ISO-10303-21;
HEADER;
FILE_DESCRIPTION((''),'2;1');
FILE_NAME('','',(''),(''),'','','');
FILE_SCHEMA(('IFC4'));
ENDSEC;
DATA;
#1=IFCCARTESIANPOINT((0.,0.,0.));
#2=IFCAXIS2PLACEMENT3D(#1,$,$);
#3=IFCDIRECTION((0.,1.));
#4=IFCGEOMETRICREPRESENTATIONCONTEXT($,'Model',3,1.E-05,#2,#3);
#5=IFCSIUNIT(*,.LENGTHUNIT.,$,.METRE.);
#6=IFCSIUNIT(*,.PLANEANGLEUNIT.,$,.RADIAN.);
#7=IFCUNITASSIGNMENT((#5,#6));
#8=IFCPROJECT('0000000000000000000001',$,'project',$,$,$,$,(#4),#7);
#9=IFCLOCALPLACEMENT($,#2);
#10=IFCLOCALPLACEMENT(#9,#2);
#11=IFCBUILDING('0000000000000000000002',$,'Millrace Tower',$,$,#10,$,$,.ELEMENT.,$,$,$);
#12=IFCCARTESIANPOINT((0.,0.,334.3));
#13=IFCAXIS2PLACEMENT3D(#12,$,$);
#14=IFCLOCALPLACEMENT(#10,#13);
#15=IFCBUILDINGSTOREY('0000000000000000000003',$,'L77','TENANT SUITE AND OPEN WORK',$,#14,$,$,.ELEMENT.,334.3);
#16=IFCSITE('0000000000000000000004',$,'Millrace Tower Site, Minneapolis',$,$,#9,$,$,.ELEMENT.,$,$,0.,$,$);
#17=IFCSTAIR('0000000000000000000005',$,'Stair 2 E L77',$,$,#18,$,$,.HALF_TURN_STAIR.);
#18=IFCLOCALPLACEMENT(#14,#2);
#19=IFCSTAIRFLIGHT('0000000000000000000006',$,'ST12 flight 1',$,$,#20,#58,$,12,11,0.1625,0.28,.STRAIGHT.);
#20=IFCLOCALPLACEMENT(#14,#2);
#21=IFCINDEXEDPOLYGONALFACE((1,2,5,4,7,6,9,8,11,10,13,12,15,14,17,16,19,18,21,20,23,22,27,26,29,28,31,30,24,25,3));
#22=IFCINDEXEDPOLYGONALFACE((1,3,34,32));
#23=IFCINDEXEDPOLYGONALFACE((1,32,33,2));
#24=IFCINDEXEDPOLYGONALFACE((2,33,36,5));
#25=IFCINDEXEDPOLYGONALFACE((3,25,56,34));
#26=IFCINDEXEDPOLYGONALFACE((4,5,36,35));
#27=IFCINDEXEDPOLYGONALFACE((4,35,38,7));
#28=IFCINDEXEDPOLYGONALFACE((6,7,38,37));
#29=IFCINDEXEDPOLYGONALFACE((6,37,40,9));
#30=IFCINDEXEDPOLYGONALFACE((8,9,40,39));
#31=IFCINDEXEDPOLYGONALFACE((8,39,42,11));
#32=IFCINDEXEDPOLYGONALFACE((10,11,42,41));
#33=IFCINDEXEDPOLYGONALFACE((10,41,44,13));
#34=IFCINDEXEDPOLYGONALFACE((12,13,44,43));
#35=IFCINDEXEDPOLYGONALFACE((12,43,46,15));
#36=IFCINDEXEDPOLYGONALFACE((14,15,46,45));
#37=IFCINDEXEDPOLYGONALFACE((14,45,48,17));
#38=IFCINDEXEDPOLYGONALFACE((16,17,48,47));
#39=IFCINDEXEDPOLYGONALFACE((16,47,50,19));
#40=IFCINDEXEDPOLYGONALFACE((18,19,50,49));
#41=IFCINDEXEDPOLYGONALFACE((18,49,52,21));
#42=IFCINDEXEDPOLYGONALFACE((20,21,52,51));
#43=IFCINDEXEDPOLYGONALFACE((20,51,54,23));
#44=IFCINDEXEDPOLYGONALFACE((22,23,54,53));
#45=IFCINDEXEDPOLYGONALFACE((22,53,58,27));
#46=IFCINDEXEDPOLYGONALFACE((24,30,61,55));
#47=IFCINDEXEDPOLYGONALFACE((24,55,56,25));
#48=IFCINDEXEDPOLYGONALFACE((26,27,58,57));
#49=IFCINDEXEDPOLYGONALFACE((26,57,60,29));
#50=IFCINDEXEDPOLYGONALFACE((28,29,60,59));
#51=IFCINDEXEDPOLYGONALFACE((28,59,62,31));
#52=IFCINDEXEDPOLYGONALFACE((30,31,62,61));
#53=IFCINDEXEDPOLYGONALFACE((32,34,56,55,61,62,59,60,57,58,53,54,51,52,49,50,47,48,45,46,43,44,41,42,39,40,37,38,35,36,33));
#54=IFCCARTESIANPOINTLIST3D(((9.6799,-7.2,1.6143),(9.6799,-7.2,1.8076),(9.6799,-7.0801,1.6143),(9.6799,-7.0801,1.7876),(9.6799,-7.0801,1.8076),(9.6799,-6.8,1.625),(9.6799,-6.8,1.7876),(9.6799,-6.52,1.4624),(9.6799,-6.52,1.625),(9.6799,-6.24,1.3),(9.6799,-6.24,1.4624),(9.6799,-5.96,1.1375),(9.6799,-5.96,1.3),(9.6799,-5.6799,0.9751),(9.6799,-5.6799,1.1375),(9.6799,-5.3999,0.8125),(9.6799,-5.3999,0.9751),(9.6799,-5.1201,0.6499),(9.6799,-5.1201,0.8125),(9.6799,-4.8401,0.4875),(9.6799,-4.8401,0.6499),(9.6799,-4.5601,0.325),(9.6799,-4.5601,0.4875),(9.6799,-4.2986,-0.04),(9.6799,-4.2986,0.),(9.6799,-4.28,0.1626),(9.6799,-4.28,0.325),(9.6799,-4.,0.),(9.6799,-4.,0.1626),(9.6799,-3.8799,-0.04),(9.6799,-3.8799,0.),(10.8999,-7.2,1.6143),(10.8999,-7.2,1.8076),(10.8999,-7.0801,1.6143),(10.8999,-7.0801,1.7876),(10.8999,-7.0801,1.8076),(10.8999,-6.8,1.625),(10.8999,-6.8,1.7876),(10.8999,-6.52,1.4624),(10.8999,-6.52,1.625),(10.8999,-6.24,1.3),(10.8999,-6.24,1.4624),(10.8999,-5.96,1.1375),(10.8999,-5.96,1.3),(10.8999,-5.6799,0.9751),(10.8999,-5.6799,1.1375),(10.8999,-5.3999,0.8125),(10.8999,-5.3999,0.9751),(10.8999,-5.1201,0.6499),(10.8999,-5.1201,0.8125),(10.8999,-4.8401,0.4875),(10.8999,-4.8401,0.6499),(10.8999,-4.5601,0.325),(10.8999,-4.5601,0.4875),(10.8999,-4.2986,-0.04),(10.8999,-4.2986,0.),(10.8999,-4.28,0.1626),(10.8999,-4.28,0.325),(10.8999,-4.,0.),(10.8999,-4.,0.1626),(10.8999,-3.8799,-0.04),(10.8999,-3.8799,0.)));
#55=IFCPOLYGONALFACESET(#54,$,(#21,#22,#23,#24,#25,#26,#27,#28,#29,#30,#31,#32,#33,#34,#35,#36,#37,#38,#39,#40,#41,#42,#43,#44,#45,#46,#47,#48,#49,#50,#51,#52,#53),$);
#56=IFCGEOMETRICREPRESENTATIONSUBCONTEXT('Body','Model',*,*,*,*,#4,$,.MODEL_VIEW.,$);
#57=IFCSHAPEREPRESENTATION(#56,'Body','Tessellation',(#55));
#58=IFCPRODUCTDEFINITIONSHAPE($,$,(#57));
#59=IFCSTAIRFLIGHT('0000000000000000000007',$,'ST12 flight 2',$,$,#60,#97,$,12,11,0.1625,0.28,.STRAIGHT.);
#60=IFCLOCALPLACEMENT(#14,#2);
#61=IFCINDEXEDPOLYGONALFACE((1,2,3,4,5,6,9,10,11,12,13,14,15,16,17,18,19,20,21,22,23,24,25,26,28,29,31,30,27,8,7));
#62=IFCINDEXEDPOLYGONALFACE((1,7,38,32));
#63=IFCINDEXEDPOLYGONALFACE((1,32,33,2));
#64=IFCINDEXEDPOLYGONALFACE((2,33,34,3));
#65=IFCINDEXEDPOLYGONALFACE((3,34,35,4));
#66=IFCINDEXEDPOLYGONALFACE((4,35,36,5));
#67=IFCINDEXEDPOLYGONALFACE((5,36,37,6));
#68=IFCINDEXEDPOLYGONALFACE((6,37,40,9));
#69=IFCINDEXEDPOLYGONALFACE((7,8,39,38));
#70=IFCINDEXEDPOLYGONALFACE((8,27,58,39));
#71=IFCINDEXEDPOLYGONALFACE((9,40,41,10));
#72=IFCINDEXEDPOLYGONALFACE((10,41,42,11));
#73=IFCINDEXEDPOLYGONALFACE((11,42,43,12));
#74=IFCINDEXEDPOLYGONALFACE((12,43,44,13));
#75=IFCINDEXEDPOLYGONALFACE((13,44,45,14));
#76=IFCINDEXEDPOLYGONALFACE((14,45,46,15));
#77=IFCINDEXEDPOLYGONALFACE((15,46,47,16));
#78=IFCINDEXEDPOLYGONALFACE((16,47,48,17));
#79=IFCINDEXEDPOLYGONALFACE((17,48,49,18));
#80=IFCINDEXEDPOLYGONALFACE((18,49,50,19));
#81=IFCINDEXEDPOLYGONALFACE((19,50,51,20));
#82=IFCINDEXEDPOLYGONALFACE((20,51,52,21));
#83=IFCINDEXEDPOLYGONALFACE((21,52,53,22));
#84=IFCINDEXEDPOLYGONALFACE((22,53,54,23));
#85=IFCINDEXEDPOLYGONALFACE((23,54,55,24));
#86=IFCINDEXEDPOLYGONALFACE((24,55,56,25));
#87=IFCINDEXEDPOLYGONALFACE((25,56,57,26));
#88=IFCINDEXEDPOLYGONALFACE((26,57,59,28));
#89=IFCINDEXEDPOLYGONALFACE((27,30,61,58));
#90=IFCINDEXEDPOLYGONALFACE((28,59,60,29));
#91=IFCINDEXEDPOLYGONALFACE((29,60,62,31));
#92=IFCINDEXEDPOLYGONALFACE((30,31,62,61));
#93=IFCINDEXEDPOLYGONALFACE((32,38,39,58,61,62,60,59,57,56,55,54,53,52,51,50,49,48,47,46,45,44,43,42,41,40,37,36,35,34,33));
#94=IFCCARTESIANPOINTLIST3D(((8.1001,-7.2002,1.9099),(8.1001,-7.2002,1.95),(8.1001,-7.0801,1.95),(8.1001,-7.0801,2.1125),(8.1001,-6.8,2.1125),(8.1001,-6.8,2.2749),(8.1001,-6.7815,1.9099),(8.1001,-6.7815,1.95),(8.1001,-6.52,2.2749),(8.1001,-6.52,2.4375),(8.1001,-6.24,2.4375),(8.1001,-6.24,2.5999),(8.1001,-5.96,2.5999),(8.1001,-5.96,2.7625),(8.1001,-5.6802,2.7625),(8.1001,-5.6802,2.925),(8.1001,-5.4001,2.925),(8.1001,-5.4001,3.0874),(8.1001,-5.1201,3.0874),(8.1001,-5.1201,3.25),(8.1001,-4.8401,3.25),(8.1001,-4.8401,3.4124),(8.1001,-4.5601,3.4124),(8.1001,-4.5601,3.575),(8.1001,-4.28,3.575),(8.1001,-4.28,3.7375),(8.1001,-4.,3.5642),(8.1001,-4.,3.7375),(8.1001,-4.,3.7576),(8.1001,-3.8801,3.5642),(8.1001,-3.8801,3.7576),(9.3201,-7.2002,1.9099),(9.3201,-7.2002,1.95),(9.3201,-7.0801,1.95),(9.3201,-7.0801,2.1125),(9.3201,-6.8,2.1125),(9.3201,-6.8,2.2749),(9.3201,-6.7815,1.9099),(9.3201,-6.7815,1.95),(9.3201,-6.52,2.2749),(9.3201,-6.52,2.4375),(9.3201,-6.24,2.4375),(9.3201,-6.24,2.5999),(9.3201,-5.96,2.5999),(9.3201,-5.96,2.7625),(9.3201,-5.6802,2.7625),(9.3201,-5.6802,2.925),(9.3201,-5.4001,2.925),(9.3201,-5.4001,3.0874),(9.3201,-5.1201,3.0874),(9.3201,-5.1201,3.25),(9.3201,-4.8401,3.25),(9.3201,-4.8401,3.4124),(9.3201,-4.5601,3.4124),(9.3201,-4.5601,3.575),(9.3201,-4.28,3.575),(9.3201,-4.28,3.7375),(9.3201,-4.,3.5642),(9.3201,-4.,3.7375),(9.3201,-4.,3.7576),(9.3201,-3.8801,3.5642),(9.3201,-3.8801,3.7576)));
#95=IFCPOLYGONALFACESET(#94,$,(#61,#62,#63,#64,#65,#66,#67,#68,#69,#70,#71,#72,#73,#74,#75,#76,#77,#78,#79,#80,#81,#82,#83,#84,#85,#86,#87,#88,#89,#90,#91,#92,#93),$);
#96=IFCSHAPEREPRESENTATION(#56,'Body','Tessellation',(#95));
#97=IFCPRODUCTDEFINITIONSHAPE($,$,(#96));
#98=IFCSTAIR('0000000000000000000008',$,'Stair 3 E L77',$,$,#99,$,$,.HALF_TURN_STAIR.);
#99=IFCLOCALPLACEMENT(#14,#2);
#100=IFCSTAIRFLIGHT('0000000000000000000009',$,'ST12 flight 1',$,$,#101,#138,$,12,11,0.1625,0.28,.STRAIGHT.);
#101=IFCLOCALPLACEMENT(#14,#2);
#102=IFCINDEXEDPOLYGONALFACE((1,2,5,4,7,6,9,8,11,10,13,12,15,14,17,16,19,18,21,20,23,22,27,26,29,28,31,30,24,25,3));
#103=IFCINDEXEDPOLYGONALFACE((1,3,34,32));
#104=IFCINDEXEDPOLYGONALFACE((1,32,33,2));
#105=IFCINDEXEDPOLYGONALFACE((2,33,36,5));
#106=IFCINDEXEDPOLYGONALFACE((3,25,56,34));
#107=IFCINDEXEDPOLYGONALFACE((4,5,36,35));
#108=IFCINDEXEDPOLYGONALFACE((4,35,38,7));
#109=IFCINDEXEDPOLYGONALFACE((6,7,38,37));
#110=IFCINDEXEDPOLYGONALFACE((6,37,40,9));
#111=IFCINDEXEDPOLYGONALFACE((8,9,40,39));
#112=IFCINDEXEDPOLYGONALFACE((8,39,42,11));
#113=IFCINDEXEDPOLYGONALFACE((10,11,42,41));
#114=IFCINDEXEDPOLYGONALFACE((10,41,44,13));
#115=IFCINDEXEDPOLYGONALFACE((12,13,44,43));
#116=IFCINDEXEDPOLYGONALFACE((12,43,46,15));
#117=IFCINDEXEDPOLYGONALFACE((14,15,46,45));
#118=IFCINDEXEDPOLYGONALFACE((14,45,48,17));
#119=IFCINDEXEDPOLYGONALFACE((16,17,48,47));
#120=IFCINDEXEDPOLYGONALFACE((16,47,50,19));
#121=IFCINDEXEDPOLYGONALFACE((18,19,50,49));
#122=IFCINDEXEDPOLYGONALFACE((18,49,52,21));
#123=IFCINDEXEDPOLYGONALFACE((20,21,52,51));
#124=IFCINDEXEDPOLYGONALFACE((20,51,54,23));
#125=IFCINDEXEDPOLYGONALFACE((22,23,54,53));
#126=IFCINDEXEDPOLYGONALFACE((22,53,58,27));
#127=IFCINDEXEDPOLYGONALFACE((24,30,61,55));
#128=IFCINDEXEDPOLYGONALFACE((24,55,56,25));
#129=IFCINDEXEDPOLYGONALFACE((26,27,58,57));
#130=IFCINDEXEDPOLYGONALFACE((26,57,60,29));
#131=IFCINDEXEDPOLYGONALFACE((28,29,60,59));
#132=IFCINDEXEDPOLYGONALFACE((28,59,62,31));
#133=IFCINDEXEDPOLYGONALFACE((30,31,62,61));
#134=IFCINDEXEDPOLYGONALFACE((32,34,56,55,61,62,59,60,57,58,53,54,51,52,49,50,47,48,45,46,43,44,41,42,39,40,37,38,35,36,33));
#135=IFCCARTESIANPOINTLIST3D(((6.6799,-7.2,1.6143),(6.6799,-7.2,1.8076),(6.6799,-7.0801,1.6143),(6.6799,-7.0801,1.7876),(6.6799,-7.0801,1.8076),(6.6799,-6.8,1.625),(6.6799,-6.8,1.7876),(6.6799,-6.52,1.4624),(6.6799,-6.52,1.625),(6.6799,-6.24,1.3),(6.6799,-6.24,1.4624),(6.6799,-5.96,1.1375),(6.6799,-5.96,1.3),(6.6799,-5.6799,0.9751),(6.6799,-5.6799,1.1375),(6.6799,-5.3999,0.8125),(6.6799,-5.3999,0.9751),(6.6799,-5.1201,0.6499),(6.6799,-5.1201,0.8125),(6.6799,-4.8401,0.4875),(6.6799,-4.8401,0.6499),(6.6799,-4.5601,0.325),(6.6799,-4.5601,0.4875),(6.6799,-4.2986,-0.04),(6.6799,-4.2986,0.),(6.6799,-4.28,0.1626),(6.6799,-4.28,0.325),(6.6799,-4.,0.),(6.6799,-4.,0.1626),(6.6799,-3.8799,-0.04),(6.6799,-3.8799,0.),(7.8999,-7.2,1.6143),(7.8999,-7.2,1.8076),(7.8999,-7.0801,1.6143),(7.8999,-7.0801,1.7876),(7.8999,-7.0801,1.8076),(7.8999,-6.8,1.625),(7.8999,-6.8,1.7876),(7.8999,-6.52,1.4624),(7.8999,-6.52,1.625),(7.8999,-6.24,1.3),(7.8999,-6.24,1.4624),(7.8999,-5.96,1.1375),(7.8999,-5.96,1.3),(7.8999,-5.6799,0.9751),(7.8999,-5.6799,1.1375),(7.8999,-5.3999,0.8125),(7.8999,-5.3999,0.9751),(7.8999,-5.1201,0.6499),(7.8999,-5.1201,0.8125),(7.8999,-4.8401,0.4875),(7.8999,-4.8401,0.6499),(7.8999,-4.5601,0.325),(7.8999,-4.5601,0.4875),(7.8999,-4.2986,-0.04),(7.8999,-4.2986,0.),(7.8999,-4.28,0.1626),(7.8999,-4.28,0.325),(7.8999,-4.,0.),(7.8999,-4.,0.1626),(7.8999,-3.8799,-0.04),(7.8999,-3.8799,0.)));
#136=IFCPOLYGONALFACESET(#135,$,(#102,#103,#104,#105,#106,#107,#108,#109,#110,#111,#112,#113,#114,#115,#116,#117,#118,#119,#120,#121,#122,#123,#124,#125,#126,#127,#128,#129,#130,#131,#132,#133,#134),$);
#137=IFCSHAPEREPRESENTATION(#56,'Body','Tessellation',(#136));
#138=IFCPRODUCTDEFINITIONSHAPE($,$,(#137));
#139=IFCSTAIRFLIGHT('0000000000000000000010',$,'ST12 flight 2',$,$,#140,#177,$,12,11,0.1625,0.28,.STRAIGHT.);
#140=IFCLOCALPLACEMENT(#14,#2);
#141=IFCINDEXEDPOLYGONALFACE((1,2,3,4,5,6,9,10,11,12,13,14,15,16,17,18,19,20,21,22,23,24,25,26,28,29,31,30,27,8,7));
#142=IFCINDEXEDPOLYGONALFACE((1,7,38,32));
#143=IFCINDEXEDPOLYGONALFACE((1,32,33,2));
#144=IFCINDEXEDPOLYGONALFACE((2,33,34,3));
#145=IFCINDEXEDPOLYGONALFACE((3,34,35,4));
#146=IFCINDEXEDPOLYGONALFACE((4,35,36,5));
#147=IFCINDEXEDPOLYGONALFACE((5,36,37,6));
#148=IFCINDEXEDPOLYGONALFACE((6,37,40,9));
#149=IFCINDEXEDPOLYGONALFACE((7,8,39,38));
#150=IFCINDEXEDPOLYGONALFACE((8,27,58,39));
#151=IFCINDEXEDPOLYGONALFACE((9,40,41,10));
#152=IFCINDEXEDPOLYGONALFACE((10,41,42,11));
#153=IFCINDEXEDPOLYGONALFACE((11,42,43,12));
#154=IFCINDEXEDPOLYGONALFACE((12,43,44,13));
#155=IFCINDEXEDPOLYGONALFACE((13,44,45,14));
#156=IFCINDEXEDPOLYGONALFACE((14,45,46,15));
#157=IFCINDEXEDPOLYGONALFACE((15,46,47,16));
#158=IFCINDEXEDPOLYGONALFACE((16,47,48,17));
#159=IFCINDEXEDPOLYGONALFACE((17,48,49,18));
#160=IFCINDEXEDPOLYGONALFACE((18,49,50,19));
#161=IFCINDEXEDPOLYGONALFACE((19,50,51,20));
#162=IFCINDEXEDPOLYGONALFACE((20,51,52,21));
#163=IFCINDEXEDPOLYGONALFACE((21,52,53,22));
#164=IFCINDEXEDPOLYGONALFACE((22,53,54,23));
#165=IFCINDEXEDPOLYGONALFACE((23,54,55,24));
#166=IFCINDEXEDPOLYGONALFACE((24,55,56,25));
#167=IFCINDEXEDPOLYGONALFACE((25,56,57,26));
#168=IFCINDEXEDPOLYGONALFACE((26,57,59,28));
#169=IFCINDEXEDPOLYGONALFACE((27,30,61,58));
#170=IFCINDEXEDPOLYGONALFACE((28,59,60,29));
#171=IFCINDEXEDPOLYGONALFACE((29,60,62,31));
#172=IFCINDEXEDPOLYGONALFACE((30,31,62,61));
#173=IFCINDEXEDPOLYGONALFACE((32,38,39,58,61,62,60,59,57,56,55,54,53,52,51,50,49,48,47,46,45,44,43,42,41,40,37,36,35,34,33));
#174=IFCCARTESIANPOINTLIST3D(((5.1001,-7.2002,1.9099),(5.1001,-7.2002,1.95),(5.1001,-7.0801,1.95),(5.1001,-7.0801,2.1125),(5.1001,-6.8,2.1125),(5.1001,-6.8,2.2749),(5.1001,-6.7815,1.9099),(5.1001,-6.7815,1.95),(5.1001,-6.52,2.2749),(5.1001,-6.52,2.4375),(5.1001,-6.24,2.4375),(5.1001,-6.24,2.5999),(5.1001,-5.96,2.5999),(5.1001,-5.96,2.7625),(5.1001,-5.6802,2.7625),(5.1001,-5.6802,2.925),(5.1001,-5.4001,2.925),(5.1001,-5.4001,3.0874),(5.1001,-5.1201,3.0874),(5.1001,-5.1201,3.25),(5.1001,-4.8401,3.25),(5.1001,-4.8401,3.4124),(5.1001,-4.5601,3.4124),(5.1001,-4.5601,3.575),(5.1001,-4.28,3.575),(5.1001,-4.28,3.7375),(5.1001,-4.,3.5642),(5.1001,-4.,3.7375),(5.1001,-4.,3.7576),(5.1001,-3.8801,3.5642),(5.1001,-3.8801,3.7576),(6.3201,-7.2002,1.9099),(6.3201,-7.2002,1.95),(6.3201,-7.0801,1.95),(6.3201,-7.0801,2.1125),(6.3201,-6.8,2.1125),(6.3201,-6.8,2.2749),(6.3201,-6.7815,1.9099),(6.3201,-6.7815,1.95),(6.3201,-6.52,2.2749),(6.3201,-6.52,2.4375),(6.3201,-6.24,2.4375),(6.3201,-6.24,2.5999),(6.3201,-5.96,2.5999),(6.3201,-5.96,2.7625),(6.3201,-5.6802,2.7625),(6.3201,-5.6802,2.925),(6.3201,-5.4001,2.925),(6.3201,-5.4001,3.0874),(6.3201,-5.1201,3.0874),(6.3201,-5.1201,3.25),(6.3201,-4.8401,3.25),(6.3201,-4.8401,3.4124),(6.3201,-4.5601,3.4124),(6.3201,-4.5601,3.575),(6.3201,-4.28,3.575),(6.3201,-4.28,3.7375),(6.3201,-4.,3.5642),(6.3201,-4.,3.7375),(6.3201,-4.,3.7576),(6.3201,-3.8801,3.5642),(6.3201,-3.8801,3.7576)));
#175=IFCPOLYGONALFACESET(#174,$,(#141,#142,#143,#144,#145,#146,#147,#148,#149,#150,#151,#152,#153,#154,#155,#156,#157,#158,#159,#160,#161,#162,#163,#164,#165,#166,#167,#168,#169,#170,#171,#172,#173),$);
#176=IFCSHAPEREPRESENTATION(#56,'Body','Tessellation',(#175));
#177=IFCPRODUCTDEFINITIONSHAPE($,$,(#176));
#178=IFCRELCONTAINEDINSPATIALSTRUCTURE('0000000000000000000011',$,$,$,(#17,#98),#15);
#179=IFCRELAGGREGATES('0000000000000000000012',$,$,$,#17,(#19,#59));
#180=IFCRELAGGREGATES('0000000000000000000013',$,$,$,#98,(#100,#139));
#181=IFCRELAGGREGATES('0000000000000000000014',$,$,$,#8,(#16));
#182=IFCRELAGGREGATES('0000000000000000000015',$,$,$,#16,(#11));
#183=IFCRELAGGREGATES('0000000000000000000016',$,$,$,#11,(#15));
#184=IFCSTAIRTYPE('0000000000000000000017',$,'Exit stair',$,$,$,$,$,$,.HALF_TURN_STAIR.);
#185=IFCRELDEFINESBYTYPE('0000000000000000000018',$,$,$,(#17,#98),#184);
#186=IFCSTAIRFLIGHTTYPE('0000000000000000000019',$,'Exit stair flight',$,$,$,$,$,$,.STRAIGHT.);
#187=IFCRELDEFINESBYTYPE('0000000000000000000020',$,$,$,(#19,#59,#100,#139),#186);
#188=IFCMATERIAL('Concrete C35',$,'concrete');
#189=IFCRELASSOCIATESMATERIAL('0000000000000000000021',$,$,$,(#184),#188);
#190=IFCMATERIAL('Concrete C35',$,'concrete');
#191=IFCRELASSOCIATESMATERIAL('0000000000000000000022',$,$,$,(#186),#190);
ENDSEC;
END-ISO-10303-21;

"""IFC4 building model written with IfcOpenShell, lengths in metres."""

from ifc_helpers import new_model, si_unit, direction, frame, origin, place, context, subcontext, project, spatial, polyline, outline, extrude, material, type_object, element, aggregate, save


model = new_model("IFC4")

# Units and contexts
model_context = context("Model", 3, precision=1e-05, world=origin(), true_north=direction((0.0, 1.0)))
body_context = subcontext(model_context, "Body", "Model", "MODEL_VIEW")
ifc_project = project(units=[si_unit("LENGTHUNIT", "METRE"), si_unit("PLANEANGLEUNIT", "RADIAN")], contexts=[model_context])

# Site, building, storey
site_placement = place(None, origin())
site = spatial("IfcSite", under=ifc_project, at=site_placement, Name="Millrace Tower Site, Minneapolis", CompositionType="ELEMENT", RefElevation=0.0)
building_placement = place(site_placement, origin())
building = spatial("IfcBuilding", under=site, at=building_placement, Name="Millrace Tower", CompositionType="ELEMENT")
storey_placement = place(building_placement, frame((0.0, 0.0, 334.3)))
storey = spatial("IfcBuildingStorey", under=building, at=storey_placement, Name="L77", Description="TENANT SUITE AND OPEN WORK", CompositionType="ELEMENT", Elevation=334.3)

# Shared definitions
placement = place(storey_placement, origin())

# Stairs, stair flights
ifc_material_1 = material(Name="Concrete C35", Category="concrete")
stair_type = type_object("IfcStairType", Name="Exit stair", PredefinedType="HALF_TURN_STAIR", material=ifc_material_1)
stair_1 = element("IfcStair", 1, at=placement, inside=storey, type_object=stair_type, Name="Stair 2 E L77", PredefinedType="HALF_TURN_STAIR")
ifc_material_2 = material(Name="Concrete C35", Category="concrete")
stair_flight_type = type_object("IfcStairFlightType", Name="Exit stair flight", PredefinedType="STRAIGHT", material=ifc_material_2)
stair_flight_1_placement = place(storey_placement, frame((10.29, -4.0, 0.0), z_axis=(0.0, 0.0, 1.0), x_axis=(0.0, -1.0, 0.0)))
stair_flight_1 = element("IfcStairFlight", 2, at=stair_flight_1_placement, type_object=stair_flight_type, Name="ST12 flight 1", NumberOfRisers=12, NumberOfTreads=11, PredefinedType="STRAIGHT", RiserHeight=0.1625, TreadLength=0.28, context=body_context, shape_type="SweptSolid", body=[
    extrude(outline(polyline([(-0.1201, -0.04), (-0.1201, 0.0), (0.0, 0.0), (0.0, 0.1626), (0.28, 0.1626), (0.28, 0.325), (0.5601, 0.325), (0.5601, 0.4875), (0.8401, 0.4875), (0.8401, 0.6499), (1.1201, 0.6499), (1.1201, 0.8125), (1.3999, 0.8125), (1.3999, 0.9751), (1.6799, 0.9751), (1.6799, 1.1375), (1.96, 1.1375), (1.96, 1.3), (2.24, 1.3), (2.24, 1.4624), (2.52, 1.4624), (2.52, 1.625), (2.8, 1.625), (2.8, 1.7876), (3.0801, 1.7876), (3.0801, 1.8076), (3.2, 1.8076), (3.2, 1.6143), (3.0801, 1.6143), (0.2986, 0.0), (0.2986, -0.04), (-0.1201, -0.04)])), frame((0.0, 0.6099, 0.0), z_axis=(0.0, -1.0, 0.0), x_axis=(1.0, 0.0, 0.0)), (0.0, 0.0, 1.0), 1.22),
])
stair_flight_2_placement = place(storey_placement, frame((8.71, -7.0801, 1.95), z_axis=(0.0, 0.0, 1.0), x_axis=(0.0, 1.0, 0.0)))
stair_flight_2 = element("IfcStairFlight", 3, at=stair_flight_2_placement, type_object=stair_flight_type, Name="ST12 flight 2", NumberOfRisers=12, NumberOfTreads=11, PredefinedType="STRAIGHT", RiserHeight=0.1625, TreadLength=0.28, context=body_context, shape_type="SweptSolid", body=[
    extrude(outline(polyline([(-0.1201, -0.04), (-0.1201, 0.0), (0.0, 0.0), (0.0, 0.1626), (0.28, 0.1626), (0.28, 0.325), (0.5601, 0.325), (0.5601, 0.4875), (0.8401, 0.4875), (0.8401, 0.6499), (1.1201, 0.6499), (1.1201, 0.8125), (1.3999, 0.8125), (1.3999, 0.9751), (1.6799, 0.9751), (1.6799, 1.1375), (1.96, 1.1375), (1.96, 1.3), (2.24, 1.3), (2.24, 1.4624), (2.52, 1.4624), (2.52, 1.625), (2.8, 1.625), (2.8, 1.7876), (3.0801, 1.7876), (3.0801, 1.8076), (3.2, 1.8076), (3.2, 1.6143), (3.0801, 1.6143), (0.2986, 0.0), (0.2986, -0.04), (-0.1201, -0.04)])), frame((0.0, 0.6099, 0.0), z_axis=(0.0, -1.0, 0.0), x_axis=(1.0, 0.0, 0.0)), (0.0, 0.0, 1.0), 1.22),
])
aggregate(stair_1, [stair_flight_1, stair_flight_2])
stair_2 = element("IfcStair", 4, at=placement, inside=storey, type_object=stair_type, Name="Stair 3 E L77", PredefinedType="HALF_TURN_STAIR")
stair_flight_3_placement = place(storey_placement, frame((7.29, -4.0, 0.0), z_axis=(0.0, 0.0, 1.0), x_axis=(0.0, -1.0, 0.0)))
stair_flight_3 = element("IfcStairFlight", 5, at=stair_flight_3_placement, type_object=stair_flight_type, Name="ST12 flight 1", NumberOfRisers=12, NumberOfTreads=11, PredefinedType="STRAIGHT", RiserHeight=0.1625, TreadLength=0.28, context=body_context, shape_type="SweptSolid", body=[
    extrude(outline(polyline([(-0.1201, -0.04), (-0.1201, 0.0), (0.0, 0.0), (0.0, 0.1626), (0.28, 0.1626), (0.28, 0.325), (0.5601, 0.325), (0.5601, 0.4875), (0.8401, 0.4875), (0.8401, 0.6499), (1.1201, 0.6499), (1.1201, 0.8125), (1.3999, 0.8125), (1.3999, 0.9751), (1.6799, 0.9751), (1.6799, 1.1375), (1.96, 1.1375), (1.96, 1.3), (2.24, 1.3), (2.24, 1.4624), (2.52, 1.4624), (2.52, 1.625), (2.8, 1.625), (2.8, 1.7876), (3.0801, 1.7876), (3.0801, 1.8076), (3.2, 1.8076), (3.2, 1.6143), (3.0801, 1.6143), (0.2986, 0.0), (0.2986, -0.04), (-0.1201, -0.04)])), frame((0.0, 0.6099, 0.0), z_axis=(0.0, -1.0, 0.0), x_axis=(1.0, 0.0, 0.0)), (0.0, 0.0, 1.0), 1.22),
])
stair_flight_4_placement = place(storey_placement, frame((5.71, -7.0801, 1.95), z_axis=(0.0, 0.0, 1.0), x_axis=(0.0, 1.0, 0.0)))
stair_flight_4 = element("IfcStairFlight", 6, at=stair_flight_4_placement, type_object=stair_flight_type, Name="ST12 flight 2", NumberOfRisers=12, NumberOfTreads=11, PredefinedType="STRAIGHT", RiserHeight=0.1625, TreadLength=0.28, context=body_context, shape_type="SweptSolid", body=[
    extrude(outline(polyline([(-0.1201, -0.04), (-0.1201, 0.0), (0.0, 0.0), (0.0, 0.1626), (0.28, 0.1626), (0.28, 0.325), (0.5601, 0.325), (0.5601, 0.4875), (0.8401, 0.4875), (0.8401, 0.6499), (1.1201, 0.6499), (1.1201, 0.8125), (1.3999, 0.8125), (1.3999, 0.9751), (1.6799, 0.9751), (1.6799, 1.1375), (1.96, 1.1375), (1.96, 1.3), (2.24, 1.3), (2.24, 1.4624), (2.52, 1.4624), (2.52, 1.625), (2.8, 1.625), (2.8, 1.7876), (3.0801, 1.7876), (3.0801, 1.8076), (3.2, 1.8076), (3.2, 1.6143), (3.0801, 1.6143), (0.2986, 0.0), (0.2986, -0.04), (-0.1201, -0.04)])), frame((0.0, 0.6099, 0.0), z_axis=(0.0, -1.0, 0.0), x_axis=(1.0, 0.0, 0.0)), (0.0, 0.0, 1.0), 1.22),
])
aggregate(stair_2, [stair_flight_3, stair_flight_4])

save(model, "model.ifc")
